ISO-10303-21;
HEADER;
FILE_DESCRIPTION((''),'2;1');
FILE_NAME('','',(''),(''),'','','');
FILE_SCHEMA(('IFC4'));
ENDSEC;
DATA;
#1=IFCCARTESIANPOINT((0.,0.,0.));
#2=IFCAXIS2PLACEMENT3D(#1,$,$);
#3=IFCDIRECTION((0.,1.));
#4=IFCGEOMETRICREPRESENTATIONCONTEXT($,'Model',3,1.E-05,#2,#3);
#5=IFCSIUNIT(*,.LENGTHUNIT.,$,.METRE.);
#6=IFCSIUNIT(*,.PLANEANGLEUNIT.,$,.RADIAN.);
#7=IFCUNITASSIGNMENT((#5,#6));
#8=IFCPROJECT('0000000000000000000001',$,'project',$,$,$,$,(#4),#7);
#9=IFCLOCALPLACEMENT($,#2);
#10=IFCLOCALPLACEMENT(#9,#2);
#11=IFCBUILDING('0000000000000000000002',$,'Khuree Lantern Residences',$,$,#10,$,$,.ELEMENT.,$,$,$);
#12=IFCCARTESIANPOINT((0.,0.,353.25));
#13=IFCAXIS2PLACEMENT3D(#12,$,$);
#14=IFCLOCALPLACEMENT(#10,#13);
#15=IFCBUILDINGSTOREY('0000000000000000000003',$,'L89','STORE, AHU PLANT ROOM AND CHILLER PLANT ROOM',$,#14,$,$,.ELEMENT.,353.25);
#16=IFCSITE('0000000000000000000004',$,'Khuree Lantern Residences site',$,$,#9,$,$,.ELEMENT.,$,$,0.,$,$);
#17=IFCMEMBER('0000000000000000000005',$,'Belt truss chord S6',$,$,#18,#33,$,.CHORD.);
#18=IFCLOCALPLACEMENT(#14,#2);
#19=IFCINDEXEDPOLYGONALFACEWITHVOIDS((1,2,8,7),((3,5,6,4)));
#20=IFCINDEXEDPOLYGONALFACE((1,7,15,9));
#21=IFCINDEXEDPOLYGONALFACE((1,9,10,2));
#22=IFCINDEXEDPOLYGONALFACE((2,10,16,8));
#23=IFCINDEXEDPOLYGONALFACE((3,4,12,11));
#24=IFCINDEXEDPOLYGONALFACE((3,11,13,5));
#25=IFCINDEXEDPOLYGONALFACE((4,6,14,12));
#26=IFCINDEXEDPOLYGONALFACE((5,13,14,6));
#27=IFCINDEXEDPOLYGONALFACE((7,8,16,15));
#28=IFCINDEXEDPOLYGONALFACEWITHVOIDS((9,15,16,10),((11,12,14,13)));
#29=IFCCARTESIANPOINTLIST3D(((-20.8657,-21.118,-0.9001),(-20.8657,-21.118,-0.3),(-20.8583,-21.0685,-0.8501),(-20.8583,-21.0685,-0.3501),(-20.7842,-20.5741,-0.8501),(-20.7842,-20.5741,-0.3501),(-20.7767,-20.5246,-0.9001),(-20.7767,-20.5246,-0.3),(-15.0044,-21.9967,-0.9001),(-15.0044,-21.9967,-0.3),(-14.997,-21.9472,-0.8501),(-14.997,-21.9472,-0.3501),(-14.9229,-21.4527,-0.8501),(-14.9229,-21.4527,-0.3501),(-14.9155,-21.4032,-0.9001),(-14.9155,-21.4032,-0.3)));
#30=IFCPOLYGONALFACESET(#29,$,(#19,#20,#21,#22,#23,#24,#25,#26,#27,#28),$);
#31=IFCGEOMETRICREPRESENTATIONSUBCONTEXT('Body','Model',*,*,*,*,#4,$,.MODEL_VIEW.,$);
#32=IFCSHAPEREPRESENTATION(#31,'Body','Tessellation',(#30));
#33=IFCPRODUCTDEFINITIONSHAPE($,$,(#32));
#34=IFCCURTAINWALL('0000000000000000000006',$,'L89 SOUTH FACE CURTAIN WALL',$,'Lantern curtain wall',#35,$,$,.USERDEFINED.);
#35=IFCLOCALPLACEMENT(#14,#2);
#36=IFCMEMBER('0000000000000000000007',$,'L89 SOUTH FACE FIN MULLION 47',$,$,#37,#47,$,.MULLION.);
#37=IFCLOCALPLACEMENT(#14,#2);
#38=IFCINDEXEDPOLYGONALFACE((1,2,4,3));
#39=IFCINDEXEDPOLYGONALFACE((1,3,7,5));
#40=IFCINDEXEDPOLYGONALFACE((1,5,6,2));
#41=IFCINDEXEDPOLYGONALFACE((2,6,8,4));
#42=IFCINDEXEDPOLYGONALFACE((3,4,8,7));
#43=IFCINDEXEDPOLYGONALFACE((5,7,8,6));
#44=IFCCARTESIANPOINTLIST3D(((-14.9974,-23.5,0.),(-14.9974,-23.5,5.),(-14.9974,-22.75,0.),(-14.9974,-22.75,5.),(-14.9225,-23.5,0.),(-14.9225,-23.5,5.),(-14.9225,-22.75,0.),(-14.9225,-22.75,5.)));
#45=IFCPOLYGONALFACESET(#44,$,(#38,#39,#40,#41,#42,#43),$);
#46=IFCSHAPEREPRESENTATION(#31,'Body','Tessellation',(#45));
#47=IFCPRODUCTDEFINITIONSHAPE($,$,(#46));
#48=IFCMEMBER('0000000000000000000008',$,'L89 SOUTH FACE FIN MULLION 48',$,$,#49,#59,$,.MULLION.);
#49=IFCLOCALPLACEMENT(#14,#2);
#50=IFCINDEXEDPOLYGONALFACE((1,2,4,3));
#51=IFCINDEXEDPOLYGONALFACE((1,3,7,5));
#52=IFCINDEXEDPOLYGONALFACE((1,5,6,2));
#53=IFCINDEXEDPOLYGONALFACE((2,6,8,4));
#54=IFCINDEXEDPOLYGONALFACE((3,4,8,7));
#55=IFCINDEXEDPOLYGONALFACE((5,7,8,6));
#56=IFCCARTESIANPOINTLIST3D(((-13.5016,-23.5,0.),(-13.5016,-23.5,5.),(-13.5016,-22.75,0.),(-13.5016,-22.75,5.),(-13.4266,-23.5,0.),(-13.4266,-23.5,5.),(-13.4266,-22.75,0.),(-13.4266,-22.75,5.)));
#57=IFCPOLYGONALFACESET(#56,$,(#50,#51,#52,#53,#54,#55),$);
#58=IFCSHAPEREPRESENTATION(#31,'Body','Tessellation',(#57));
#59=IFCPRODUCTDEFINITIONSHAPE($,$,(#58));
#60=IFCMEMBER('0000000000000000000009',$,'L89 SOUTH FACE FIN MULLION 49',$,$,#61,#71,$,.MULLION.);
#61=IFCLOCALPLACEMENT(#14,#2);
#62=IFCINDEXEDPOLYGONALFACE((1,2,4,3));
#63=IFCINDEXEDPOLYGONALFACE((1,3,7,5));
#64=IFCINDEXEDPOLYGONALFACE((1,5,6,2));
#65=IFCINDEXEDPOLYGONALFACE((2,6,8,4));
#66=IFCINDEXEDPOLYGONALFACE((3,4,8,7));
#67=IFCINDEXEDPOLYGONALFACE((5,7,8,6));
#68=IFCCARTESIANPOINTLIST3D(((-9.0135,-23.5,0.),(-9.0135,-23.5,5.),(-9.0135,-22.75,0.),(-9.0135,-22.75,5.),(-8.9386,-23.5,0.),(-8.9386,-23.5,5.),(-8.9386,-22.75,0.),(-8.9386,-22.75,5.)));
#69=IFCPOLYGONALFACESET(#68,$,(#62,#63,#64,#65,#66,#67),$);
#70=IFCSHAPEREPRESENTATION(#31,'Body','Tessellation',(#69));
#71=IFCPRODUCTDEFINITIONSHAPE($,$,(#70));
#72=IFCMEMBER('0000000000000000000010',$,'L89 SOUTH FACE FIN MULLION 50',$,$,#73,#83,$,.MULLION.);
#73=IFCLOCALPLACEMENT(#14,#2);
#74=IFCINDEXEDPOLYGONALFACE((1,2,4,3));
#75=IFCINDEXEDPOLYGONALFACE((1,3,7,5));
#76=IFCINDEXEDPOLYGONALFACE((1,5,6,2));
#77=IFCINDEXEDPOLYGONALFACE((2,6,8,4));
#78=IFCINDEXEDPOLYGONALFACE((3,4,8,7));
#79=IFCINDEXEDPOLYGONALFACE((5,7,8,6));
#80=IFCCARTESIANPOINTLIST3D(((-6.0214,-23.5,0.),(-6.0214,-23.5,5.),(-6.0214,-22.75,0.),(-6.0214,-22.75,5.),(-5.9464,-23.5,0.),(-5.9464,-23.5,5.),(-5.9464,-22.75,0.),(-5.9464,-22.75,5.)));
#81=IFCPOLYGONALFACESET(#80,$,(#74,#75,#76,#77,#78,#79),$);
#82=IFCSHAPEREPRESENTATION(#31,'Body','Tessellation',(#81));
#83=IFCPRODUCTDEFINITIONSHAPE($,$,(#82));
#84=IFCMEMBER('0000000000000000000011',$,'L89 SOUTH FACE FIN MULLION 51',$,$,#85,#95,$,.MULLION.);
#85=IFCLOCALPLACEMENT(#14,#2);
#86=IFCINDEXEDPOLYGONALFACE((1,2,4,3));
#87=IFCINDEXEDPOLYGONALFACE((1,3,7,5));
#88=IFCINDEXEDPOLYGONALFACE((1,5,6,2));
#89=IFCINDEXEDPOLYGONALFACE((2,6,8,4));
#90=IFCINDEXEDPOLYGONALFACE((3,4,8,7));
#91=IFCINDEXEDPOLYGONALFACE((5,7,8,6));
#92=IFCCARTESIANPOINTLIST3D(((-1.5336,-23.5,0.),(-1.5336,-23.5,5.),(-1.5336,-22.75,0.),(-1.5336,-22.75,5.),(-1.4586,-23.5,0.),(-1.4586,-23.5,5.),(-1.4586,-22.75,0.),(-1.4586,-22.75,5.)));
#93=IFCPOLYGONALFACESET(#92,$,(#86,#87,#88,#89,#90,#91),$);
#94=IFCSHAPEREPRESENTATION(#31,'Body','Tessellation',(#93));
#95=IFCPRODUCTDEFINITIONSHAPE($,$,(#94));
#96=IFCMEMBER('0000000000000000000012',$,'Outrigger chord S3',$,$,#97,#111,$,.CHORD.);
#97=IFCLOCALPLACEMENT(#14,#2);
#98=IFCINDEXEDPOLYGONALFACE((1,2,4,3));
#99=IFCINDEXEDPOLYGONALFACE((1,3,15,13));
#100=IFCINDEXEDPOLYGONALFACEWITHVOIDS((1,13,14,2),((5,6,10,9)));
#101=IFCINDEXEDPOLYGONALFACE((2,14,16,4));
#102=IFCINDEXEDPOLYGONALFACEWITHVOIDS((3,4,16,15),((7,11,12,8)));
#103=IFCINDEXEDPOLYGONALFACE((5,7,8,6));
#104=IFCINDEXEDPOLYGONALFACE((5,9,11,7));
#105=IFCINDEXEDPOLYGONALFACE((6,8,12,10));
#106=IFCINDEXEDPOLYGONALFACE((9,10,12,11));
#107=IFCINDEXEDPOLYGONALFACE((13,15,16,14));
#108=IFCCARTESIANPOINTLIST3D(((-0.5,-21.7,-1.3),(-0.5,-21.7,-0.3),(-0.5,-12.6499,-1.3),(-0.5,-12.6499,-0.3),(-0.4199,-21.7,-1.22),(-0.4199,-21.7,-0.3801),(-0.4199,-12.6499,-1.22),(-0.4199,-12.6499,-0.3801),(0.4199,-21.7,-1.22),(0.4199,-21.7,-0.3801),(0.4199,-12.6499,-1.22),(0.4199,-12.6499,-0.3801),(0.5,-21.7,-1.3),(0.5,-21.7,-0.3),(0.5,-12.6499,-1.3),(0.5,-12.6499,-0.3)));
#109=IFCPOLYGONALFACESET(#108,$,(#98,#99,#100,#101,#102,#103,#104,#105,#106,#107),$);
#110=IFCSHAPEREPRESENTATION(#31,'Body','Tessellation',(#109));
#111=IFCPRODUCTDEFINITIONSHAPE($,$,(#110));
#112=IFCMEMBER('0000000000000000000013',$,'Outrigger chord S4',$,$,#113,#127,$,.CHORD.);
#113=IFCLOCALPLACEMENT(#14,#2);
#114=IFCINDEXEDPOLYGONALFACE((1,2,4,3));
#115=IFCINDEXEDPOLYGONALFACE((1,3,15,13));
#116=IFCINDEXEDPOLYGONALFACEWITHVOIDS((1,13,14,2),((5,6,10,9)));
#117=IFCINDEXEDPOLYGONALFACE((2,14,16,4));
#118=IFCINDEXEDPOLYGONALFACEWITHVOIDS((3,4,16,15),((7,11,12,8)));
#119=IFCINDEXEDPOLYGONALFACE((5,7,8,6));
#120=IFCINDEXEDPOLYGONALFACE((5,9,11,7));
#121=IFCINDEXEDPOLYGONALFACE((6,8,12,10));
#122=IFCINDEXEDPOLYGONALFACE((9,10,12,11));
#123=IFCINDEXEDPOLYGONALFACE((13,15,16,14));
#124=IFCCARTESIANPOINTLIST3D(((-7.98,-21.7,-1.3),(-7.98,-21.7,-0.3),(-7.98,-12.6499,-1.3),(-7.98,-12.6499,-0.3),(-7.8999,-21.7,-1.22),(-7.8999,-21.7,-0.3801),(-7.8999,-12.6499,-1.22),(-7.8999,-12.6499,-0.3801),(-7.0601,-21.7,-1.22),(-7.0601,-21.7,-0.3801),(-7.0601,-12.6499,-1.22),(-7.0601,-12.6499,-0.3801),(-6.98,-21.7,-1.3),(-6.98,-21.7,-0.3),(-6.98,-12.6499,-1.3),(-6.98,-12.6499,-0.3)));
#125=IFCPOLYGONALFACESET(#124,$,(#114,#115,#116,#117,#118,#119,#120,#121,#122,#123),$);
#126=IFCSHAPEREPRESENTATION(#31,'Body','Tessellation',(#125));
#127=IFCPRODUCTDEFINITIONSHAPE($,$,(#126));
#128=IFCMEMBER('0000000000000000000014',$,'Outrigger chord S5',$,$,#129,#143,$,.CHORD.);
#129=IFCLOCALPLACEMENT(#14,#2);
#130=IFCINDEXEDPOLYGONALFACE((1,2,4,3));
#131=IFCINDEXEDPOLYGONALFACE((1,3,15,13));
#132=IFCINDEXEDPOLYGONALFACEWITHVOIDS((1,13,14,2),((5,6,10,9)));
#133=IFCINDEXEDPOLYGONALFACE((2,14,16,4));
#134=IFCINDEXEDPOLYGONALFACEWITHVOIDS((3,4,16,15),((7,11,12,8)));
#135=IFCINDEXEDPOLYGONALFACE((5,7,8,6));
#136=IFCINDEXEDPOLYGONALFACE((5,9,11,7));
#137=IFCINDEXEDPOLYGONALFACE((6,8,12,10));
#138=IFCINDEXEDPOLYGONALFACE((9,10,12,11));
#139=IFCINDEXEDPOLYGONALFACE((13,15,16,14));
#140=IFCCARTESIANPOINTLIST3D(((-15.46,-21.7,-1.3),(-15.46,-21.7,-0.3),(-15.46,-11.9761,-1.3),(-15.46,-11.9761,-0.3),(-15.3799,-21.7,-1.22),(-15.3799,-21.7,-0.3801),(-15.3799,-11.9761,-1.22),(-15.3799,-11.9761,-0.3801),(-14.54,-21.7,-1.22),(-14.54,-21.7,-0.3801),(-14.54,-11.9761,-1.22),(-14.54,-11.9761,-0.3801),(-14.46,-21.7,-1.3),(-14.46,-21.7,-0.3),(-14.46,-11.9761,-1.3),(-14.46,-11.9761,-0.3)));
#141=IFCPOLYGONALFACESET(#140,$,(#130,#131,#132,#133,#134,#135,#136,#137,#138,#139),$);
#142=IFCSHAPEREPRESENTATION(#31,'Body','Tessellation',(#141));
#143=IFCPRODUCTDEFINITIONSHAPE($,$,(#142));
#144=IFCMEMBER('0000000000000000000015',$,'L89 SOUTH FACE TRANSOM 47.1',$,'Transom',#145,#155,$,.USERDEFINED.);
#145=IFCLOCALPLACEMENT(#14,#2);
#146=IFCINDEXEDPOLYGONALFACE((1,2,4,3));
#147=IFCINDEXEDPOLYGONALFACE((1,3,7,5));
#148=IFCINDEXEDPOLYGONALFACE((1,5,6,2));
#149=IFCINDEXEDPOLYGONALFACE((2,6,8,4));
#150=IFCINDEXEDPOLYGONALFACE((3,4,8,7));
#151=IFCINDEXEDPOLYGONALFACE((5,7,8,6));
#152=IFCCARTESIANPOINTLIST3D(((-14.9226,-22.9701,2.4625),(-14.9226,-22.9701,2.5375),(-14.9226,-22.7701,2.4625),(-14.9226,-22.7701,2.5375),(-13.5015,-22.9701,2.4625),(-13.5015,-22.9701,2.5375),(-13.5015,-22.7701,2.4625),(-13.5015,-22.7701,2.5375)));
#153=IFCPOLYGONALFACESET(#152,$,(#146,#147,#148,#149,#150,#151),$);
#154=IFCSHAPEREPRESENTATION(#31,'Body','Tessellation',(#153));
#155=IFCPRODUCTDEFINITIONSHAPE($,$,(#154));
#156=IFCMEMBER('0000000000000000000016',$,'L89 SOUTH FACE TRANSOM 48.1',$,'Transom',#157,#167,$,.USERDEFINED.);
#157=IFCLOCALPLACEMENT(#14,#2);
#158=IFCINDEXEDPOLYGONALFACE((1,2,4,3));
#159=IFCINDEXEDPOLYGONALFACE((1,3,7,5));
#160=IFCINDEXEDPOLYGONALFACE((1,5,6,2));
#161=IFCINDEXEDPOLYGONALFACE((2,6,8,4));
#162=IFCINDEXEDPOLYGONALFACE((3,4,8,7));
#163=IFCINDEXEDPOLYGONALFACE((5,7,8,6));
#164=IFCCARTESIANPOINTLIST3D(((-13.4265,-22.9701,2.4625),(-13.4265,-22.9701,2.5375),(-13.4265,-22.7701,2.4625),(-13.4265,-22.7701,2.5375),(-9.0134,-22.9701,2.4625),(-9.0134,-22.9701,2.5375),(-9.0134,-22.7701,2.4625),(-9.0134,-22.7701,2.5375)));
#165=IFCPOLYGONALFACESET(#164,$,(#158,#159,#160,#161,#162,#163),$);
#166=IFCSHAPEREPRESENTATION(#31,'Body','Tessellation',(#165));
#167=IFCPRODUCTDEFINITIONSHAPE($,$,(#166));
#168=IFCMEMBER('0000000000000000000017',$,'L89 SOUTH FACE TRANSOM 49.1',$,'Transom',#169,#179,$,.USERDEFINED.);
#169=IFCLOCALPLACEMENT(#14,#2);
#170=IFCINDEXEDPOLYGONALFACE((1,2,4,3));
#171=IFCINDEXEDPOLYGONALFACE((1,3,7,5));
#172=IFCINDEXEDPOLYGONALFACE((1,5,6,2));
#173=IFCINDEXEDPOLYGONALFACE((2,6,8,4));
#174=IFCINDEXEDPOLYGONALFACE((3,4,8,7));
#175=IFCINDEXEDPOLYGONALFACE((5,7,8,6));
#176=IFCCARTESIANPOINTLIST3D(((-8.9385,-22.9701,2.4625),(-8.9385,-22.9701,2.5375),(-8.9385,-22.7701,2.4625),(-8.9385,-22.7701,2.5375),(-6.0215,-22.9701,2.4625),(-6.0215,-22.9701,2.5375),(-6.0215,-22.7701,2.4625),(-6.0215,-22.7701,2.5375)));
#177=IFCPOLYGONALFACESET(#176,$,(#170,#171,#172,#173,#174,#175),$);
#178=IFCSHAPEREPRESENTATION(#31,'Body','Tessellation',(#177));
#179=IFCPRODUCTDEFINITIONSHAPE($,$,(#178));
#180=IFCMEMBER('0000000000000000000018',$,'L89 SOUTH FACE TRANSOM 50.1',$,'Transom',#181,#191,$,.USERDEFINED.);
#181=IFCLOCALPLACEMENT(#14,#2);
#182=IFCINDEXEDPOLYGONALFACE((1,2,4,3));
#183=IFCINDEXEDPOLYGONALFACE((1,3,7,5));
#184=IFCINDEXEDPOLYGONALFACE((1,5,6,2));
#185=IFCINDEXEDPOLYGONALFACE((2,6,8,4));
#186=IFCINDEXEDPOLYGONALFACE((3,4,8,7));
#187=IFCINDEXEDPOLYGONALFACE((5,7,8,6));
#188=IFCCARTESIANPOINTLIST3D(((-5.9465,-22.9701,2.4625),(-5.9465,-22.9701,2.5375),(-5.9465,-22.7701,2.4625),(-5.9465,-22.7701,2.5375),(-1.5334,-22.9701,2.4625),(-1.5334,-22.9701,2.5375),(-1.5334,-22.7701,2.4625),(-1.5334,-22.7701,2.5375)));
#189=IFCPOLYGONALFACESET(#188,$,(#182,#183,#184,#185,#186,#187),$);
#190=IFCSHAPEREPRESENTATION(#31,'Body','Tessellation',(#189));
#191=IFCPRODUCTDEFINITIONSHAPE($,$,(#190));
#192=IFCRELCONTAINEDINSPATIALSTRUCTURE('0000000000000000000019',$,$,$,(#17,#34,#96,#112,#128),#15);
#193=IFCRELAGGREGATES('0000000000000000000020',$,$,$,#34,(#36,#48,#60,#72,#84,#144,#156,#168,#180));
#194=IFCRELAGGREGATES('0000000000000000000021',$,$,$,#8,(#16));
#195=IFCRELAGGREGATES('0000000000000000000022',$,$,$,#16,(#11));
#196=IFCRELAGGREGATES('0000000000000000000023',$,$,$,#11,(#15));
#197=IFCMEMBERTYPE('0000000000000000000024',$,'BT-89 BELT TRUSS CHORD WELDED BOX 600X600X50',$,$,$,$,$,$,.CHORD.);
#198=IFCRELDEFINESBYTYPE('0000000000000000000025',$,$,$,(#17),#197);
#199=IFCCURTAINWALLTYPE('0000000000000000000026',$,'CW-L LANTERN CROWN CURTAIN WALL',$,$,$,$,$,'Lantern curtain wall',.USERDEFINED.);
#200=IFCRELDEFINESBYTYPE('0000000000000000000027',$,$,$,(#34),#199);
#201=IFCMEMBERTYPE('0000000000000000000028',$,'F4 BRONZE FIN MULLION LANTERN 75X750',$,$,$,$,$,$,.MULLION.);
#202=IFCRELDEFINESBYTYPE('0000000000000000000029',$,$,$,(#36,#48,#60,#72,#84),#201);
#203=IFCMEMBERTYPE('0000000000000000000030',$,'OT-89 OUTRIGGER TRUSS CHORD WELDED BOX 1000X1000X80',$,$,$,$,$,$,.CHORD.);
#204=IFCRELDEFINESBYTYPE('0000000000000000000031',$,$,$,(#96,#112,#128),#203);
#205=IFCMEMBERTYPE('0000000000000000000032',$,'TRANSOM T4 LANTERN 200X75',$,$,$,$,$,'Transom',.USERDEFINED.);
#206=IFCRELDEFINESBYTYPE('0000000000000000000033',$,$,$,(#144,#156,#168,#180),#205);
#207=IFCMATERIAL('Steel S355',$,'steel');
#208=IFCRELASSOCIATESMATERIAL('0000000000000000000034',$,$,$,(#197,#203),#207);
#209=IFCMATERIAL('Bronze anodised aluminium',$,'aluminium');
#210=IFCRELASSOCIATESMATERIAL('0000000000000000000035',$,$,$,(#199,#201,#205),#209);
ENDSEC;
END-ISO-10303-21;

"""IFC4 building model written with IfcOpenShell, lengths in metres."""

from ifc_helpers import new_model, si_unit, direction, frame, origin, origin_2d, place, context, subcontext, project, spatial, rectangle, hollow_rectangle, extrude, material, material_profile, profile_set, type_object, element, aggregate, save


model = new_model("IFC4")

# Units and contexts
model_context = context("Model", 3, precision=1e-05, world=origin(), true_north=direction((0.0, 1.0)))
body_context = subcontext(model_context, "Body", "Model", "MODEL_VIEW")
ifc_project = project(units=[si_unit("LENGTHUNIT", "METRE"), si_unit("PLANEANGLEUNIT", "RADIAN")], contexts=[model_context])

# Site, building, storey
site_placement = place(None, origin())
site = spatial("IfcSite", under=ifc_project, at=site_placement, Name="Khuree Lantern Residences site", CompositionType="ELEMENT", RefElevation=0.0)
building_placement = place(site_placement, origin())
building = spatial("IfcBuilding", under=site, at=building_placement, Name="Khuree Lantern Residences", CompositionType="ELEMENT")
storey_placement = place(building_placement, frame((0.0, 0.0, 353.25)))
storey = spatial("IfcBuildingStorey", under=building, at=storey_placement, Name="L89", Description="STORE, AHU PLANT ROOM AND CHILLER PLANT ROOM", CompositionType="ELEMENT", Elevation=353.25)

# Shared definitions
ifc_material_1 = material(Name="Steel S355", Category="steel")

# Member
ifc_material_profile_1 = material_profile(ifc_material_1, hollow_rectangle(XDim=0.6001, YDim=0.6001, WallThickness=0.05, at=origin_2d()), Name="WELDED BOX 600X600X50")
ifc_profile_set_1 = profile_set([ifc_material_profile_1], Name="Steel S355")
member_type_1 = type_object("IfcMemberType", Name="BT-89 BELT TRUSS CHORD WELDED BOX 600X600X50", PredefinedType="CHORD", material=ifc_profile_set_1)
member_1_placement = place(storey_placement, frame((-14.96, -21.7, -0.6001), z_axis=(-0.98895, 0.148252, 0.0), x_axis=(-0.148252, -0.98895, 0.0)))
element("IfcMember", 1, at=member_1_placement, inside=storey, type_object=member_type_1, Name="Belt truss chord S6", PredefinedType="CHORD", context=body_context, shape_type="SweptSolid", body=[
    extrude(hollow_rectangle(XDim=0.6001, YDim=0.6001, WallThickness=0.05, at=origin_2d()), origin(), (0.0, 0.0, 1.0), 5.9268),
])

# Curtain wall, members
ifc_material_2 = material(Name="Bronze anodised aluminium", Category="aluminium")
curtain_wall_type = type_object("IfcCurtainWallType", Name="CW-L LANTERN CROWN CURTAIN WALL", ElementType="Lantern curtain wall", PredefinedType="USERDEFINED", material=ifc_material_2)
curtain_wall_placement = place(storey_placement, origin())
curtain_wall = element("IfcCurtainWall", 2, at=curtain_wall_placement, inside=storey, type_object=curtain_wall_type, Name="L89 SOUTH FACE CURTAIN WALL", ObjectType="Lantern curtain wall", PredefinedType="USERDEFINED")
ifc_material_profile_2 = material_profile(ifc_material_2, rectangle(XDim=0.075, YDim=0.75, at=origin_2d()), Name="F4 75X750")
ifc_profile_set_2 = profile_set([ifc_material_profile_2], Name="Bronze anodised aluminium")
member_type_2 = type_object("IfcMemberType", Name="F4 BRONZE FIN MULLION LANTERN 75X750", PredefinedType="MULLION", material=ifc_profile_set_2)
member_2_placement = place(storey_placement, frame((-14.96, -23.125, 0.0), z_axis=(0.0, 0.0, 1.0), x_axis=(1.0, 0.0, 0.0)))
member_2 = element("IfcMember", 3, at=member_2_placement, type_object=member_type_2, Name="L89 SOUTH FACE FIN MULLION 47", PredefinedType="MULLION", context=body_context, shape_type="SweptSolid", body=[
    extrude(rectangle(XDim=0.075, YDim=0.75, at=origin_2d()), origin(), (0.0, 0.0, 1.0), 5.0),
])
member_3_placement = place(storey_placement, frame((-13.4641, -23.125, 0.0), z_axis=(0.0, 0.0, 1.0), x_axis=(1.0, 0.0, 0.0)))
member_3 = element("IfcMember", 4, at=member_3_placement, type_object=member_type_2, Name="L89 SOUTH FACE FIN MULLION 48", PredefinedType="MULLION", context=body_context, shape_type="SweptSolid", body=[
    extrude(rectangle(XDim=0.075, YDim=0.75, at=origin_2d()), origin(), (0.0, 0.0, 1.0), 5.0),
])
member_4_placement = place(storey_placement, frame((-8.9761, -23.125, 0.0), z_axis=(0.0, 0.0, 1.0), x_axis=(1.0, 0.0, 0.0)))
member_4 = element("IfcMember", 5, at=member_4_placement, type_object=member_type_2, Name="L89 SOUTH FACE FIN MULLION 49", PredefinedType="MULLION", context=body_context, shape_type="SweptSolid", body=[
    extrude(rectangle(XDim=0.075, YDim=0.75, at=origin_2d()), origin(), (0.0, 0.0, 1.0), 5.0),
])
member_5_placement = place(storey_placement, frame((-5.9839, -23.125, 0.0), z_axis=(0.0, 0.0, 1.0), x_axis=(1.0, 0.0, 0.0)))
member_5 = element("IfcMember", 6, at=member_5_placement, type_object=member_type_2, Name="L89 SOUTH FACE FIN MULLION 50", PredefinedType="MULLION", context=body_context, shape_type="SweptSolid", body=[
    extrude(rectangle(XDim=0.075, YDim=0.75, at=origin_2d()), origin(), (0.0, 0.0, 1.0), 5.0),
])
member_6_placement = place(storey_placement, frame((-1.4961, -23.125, 0.0), z_axis=(0.0, 0.0, 1.0), x_axis=(1.0, 0.0, 0.0)))
member_6 = element("IfcMember", 7, at=member_6_placement, type_object=member_type_2, Name="L89 SOUTH FACE FIN MULLION 51", PredefinedType="MULLION", context=body_context, shape_type="SweptSolid", body=[
    extrude(rectangle(XDim=0.075, YDim=0.75, at=origin_2d()), origin(), (0.0, 0.0, 1.0), 5.0),
])

# Members
ifc_material_profile_3 = material_profile(ifc_material_1, hollow_rectangle(XDim=1.0, YDim=1.0, WallThickness=0.0801, at=origin_2d()), Name="WELDED BOX 1000X1000X80")
ifc_profile_set_3 = profile_set([ifc_material_profile_3], Name="Steel S355")
member_type_3 = type_object("IfcMemberType", Name="OT-89 OUTRIGGER TRUSS CHORD WELDED BOX 1000X1000X80", PredefinedType="CHORD", material=ifc_profile_set_3)
for number, where, z_axis, x_axis, name in (
    (8, (0.0, -21.7, -0.8), (0.0, 1.0, 0.0), (-1.0, 0.0, 0.0), "Outrigger chord S3"),
    (9, (-7.48, -21.7, -0.8), (0.0, 1.0, 0.0), (-1.0, 0.0, 0.0), "Outrigger chord S4"),
):
    element("IfcMember", number, at=place(storey_placement, frame(where, z_axis=z_axis, x_axis=x_axis)), inside=storey, type_object=member_type_3, Name=name, PredefinedType="CHORD", context=body_context, shape_type="SweptSolid", body=[
        extrude(hollow_rectangle(XDim=1.0, YDim=1.0, WallThickness=0.0801, at=origin_2d()), origin(), (0.0, 0.0, 1.0), 9.05),
    ])
member_7_placement = place(storey_placement, frame((-14.96, -21.7, -0.8), z_axis=(0.0, 1.0, 0.0), x_axis=(-1.0, 0.0, 0.0)))
element("IfcMember", 10, at=member_7_placement, inside=storey, type_object=member_type_3, Name="Outrigger chord S5", PredefinedType="CHORD", context=body_context, shape_type="SweptSolid", body=[
    extrude(hollow_rectangle(XDim=1.0, YDim=1.0, WallThickness=0.0801, at=origin_2d()), origin(), (0.0, 0.0, 1.0), 9.7239),
])

# Members
ifc_material_profile_4 = material_profile(ifc_material_2, rectangle(XDim=0.2, YDim=0.075, at=origin_2d()), Name="T4 200X75")
ifc_profile_set_4 = profile_set([ifc_material_profile_4], Name="Bronze anodised aluminium")
member_type_4 = type_object("IfcMemberType", Name="TRANSOM T4 LANTERN 200X75", ElementType="Transom", PredefinedType="USERDEFINED", material=ifc_profile_set_4)
member_8_placement = place(storey_placement, frame((-14.9226, -22.8701, 2.5), z_axis=(1.0, 0.0, 0.0), x_axis=(0.0, 1.0, 0.0)))
member_8 = element("IfcMember", 11, at=member_8_placement, type_object=member_type_4, Name="L89 SOUTH FACE TRANSOM 47.1", ObjectType="Transom", PredefinedType="USERDEFINED", context=body_context, shape_type="SweptSolid", body=[
    extrude(rectangle(XDim=0.2, YDim=0.075, at=origin_2d()), origin(), (0.0, 0.0, 1.0), 1.4211),
])
member_9_placement = place(storey_placement, frame((-13.4265, -22.8701, 2.5), z_axis=(1.0, 0.0, 0.0), x_axis=(0.0, 1.0, 0.0)))
member_9 = element("IfcMember", 12, at=member_9_placement, type_object=member_type_4, Name="L89 SOUTH FACE TRANSOM 48.1", ObjectType="Transom", PredefinedType="USERDEFINED", context=body_context, shape_type="SweptSolid", body=[
    extrude(rectangle(XDim=0.2, YDim=0.075, at=origin_2d()), origin(), (0.0, 0.0, 1.0), 4.4131),
])
member_10_placement = place(storey_placement, frame((-8.9385, -22.8701, 2.5), z_axis=(1.0, 0.0, 0.0), x_axis=(0.0, 1.0, 0.0)))
member_10 = element("IfcMember", 13, at=member_10_placement, type_object=member_type_4, Name="L89 SOUTH FACE TRANSOM 49.1", ObjectType="Transom", PredefinedType="USERDEFINED", context=body_context, shape_type="SweptSolid", body=[
    extrude(rectangle(XDim=0.2, YDim=0.075, at=origin_2d()), origin(), (0.0, 0.0, 1.0), 2.917),
])
member_11_placement = place(storey_placement, frame((-5.9465, -22.8701, 2.5), z_axis=(1.0, 0.0, 0.0), x_axis=(0.0, 1.0, 0.0)))
member_11 = element("IfcMember", 14, at=member_11_placement, type_object=member_type_4, Name="L89 SOUTH FACE TRANSOM 50.1", ObjectType="Transom", PredefinedType="USERDEFINED", context=body_context, shape_type="SweptSolid", body=[
    extrude(rectangle(XDim=0.2, YDim=0.075, at=origin_2d()), origin(), (0.0, 0.0, 1.0), 4.4131),
])

aggregate(curtain_wall, [member_2, member_3, member_4, member_5, member_6, member_8, member_9, member_10, member_11])

save(model, "model.ifc")
